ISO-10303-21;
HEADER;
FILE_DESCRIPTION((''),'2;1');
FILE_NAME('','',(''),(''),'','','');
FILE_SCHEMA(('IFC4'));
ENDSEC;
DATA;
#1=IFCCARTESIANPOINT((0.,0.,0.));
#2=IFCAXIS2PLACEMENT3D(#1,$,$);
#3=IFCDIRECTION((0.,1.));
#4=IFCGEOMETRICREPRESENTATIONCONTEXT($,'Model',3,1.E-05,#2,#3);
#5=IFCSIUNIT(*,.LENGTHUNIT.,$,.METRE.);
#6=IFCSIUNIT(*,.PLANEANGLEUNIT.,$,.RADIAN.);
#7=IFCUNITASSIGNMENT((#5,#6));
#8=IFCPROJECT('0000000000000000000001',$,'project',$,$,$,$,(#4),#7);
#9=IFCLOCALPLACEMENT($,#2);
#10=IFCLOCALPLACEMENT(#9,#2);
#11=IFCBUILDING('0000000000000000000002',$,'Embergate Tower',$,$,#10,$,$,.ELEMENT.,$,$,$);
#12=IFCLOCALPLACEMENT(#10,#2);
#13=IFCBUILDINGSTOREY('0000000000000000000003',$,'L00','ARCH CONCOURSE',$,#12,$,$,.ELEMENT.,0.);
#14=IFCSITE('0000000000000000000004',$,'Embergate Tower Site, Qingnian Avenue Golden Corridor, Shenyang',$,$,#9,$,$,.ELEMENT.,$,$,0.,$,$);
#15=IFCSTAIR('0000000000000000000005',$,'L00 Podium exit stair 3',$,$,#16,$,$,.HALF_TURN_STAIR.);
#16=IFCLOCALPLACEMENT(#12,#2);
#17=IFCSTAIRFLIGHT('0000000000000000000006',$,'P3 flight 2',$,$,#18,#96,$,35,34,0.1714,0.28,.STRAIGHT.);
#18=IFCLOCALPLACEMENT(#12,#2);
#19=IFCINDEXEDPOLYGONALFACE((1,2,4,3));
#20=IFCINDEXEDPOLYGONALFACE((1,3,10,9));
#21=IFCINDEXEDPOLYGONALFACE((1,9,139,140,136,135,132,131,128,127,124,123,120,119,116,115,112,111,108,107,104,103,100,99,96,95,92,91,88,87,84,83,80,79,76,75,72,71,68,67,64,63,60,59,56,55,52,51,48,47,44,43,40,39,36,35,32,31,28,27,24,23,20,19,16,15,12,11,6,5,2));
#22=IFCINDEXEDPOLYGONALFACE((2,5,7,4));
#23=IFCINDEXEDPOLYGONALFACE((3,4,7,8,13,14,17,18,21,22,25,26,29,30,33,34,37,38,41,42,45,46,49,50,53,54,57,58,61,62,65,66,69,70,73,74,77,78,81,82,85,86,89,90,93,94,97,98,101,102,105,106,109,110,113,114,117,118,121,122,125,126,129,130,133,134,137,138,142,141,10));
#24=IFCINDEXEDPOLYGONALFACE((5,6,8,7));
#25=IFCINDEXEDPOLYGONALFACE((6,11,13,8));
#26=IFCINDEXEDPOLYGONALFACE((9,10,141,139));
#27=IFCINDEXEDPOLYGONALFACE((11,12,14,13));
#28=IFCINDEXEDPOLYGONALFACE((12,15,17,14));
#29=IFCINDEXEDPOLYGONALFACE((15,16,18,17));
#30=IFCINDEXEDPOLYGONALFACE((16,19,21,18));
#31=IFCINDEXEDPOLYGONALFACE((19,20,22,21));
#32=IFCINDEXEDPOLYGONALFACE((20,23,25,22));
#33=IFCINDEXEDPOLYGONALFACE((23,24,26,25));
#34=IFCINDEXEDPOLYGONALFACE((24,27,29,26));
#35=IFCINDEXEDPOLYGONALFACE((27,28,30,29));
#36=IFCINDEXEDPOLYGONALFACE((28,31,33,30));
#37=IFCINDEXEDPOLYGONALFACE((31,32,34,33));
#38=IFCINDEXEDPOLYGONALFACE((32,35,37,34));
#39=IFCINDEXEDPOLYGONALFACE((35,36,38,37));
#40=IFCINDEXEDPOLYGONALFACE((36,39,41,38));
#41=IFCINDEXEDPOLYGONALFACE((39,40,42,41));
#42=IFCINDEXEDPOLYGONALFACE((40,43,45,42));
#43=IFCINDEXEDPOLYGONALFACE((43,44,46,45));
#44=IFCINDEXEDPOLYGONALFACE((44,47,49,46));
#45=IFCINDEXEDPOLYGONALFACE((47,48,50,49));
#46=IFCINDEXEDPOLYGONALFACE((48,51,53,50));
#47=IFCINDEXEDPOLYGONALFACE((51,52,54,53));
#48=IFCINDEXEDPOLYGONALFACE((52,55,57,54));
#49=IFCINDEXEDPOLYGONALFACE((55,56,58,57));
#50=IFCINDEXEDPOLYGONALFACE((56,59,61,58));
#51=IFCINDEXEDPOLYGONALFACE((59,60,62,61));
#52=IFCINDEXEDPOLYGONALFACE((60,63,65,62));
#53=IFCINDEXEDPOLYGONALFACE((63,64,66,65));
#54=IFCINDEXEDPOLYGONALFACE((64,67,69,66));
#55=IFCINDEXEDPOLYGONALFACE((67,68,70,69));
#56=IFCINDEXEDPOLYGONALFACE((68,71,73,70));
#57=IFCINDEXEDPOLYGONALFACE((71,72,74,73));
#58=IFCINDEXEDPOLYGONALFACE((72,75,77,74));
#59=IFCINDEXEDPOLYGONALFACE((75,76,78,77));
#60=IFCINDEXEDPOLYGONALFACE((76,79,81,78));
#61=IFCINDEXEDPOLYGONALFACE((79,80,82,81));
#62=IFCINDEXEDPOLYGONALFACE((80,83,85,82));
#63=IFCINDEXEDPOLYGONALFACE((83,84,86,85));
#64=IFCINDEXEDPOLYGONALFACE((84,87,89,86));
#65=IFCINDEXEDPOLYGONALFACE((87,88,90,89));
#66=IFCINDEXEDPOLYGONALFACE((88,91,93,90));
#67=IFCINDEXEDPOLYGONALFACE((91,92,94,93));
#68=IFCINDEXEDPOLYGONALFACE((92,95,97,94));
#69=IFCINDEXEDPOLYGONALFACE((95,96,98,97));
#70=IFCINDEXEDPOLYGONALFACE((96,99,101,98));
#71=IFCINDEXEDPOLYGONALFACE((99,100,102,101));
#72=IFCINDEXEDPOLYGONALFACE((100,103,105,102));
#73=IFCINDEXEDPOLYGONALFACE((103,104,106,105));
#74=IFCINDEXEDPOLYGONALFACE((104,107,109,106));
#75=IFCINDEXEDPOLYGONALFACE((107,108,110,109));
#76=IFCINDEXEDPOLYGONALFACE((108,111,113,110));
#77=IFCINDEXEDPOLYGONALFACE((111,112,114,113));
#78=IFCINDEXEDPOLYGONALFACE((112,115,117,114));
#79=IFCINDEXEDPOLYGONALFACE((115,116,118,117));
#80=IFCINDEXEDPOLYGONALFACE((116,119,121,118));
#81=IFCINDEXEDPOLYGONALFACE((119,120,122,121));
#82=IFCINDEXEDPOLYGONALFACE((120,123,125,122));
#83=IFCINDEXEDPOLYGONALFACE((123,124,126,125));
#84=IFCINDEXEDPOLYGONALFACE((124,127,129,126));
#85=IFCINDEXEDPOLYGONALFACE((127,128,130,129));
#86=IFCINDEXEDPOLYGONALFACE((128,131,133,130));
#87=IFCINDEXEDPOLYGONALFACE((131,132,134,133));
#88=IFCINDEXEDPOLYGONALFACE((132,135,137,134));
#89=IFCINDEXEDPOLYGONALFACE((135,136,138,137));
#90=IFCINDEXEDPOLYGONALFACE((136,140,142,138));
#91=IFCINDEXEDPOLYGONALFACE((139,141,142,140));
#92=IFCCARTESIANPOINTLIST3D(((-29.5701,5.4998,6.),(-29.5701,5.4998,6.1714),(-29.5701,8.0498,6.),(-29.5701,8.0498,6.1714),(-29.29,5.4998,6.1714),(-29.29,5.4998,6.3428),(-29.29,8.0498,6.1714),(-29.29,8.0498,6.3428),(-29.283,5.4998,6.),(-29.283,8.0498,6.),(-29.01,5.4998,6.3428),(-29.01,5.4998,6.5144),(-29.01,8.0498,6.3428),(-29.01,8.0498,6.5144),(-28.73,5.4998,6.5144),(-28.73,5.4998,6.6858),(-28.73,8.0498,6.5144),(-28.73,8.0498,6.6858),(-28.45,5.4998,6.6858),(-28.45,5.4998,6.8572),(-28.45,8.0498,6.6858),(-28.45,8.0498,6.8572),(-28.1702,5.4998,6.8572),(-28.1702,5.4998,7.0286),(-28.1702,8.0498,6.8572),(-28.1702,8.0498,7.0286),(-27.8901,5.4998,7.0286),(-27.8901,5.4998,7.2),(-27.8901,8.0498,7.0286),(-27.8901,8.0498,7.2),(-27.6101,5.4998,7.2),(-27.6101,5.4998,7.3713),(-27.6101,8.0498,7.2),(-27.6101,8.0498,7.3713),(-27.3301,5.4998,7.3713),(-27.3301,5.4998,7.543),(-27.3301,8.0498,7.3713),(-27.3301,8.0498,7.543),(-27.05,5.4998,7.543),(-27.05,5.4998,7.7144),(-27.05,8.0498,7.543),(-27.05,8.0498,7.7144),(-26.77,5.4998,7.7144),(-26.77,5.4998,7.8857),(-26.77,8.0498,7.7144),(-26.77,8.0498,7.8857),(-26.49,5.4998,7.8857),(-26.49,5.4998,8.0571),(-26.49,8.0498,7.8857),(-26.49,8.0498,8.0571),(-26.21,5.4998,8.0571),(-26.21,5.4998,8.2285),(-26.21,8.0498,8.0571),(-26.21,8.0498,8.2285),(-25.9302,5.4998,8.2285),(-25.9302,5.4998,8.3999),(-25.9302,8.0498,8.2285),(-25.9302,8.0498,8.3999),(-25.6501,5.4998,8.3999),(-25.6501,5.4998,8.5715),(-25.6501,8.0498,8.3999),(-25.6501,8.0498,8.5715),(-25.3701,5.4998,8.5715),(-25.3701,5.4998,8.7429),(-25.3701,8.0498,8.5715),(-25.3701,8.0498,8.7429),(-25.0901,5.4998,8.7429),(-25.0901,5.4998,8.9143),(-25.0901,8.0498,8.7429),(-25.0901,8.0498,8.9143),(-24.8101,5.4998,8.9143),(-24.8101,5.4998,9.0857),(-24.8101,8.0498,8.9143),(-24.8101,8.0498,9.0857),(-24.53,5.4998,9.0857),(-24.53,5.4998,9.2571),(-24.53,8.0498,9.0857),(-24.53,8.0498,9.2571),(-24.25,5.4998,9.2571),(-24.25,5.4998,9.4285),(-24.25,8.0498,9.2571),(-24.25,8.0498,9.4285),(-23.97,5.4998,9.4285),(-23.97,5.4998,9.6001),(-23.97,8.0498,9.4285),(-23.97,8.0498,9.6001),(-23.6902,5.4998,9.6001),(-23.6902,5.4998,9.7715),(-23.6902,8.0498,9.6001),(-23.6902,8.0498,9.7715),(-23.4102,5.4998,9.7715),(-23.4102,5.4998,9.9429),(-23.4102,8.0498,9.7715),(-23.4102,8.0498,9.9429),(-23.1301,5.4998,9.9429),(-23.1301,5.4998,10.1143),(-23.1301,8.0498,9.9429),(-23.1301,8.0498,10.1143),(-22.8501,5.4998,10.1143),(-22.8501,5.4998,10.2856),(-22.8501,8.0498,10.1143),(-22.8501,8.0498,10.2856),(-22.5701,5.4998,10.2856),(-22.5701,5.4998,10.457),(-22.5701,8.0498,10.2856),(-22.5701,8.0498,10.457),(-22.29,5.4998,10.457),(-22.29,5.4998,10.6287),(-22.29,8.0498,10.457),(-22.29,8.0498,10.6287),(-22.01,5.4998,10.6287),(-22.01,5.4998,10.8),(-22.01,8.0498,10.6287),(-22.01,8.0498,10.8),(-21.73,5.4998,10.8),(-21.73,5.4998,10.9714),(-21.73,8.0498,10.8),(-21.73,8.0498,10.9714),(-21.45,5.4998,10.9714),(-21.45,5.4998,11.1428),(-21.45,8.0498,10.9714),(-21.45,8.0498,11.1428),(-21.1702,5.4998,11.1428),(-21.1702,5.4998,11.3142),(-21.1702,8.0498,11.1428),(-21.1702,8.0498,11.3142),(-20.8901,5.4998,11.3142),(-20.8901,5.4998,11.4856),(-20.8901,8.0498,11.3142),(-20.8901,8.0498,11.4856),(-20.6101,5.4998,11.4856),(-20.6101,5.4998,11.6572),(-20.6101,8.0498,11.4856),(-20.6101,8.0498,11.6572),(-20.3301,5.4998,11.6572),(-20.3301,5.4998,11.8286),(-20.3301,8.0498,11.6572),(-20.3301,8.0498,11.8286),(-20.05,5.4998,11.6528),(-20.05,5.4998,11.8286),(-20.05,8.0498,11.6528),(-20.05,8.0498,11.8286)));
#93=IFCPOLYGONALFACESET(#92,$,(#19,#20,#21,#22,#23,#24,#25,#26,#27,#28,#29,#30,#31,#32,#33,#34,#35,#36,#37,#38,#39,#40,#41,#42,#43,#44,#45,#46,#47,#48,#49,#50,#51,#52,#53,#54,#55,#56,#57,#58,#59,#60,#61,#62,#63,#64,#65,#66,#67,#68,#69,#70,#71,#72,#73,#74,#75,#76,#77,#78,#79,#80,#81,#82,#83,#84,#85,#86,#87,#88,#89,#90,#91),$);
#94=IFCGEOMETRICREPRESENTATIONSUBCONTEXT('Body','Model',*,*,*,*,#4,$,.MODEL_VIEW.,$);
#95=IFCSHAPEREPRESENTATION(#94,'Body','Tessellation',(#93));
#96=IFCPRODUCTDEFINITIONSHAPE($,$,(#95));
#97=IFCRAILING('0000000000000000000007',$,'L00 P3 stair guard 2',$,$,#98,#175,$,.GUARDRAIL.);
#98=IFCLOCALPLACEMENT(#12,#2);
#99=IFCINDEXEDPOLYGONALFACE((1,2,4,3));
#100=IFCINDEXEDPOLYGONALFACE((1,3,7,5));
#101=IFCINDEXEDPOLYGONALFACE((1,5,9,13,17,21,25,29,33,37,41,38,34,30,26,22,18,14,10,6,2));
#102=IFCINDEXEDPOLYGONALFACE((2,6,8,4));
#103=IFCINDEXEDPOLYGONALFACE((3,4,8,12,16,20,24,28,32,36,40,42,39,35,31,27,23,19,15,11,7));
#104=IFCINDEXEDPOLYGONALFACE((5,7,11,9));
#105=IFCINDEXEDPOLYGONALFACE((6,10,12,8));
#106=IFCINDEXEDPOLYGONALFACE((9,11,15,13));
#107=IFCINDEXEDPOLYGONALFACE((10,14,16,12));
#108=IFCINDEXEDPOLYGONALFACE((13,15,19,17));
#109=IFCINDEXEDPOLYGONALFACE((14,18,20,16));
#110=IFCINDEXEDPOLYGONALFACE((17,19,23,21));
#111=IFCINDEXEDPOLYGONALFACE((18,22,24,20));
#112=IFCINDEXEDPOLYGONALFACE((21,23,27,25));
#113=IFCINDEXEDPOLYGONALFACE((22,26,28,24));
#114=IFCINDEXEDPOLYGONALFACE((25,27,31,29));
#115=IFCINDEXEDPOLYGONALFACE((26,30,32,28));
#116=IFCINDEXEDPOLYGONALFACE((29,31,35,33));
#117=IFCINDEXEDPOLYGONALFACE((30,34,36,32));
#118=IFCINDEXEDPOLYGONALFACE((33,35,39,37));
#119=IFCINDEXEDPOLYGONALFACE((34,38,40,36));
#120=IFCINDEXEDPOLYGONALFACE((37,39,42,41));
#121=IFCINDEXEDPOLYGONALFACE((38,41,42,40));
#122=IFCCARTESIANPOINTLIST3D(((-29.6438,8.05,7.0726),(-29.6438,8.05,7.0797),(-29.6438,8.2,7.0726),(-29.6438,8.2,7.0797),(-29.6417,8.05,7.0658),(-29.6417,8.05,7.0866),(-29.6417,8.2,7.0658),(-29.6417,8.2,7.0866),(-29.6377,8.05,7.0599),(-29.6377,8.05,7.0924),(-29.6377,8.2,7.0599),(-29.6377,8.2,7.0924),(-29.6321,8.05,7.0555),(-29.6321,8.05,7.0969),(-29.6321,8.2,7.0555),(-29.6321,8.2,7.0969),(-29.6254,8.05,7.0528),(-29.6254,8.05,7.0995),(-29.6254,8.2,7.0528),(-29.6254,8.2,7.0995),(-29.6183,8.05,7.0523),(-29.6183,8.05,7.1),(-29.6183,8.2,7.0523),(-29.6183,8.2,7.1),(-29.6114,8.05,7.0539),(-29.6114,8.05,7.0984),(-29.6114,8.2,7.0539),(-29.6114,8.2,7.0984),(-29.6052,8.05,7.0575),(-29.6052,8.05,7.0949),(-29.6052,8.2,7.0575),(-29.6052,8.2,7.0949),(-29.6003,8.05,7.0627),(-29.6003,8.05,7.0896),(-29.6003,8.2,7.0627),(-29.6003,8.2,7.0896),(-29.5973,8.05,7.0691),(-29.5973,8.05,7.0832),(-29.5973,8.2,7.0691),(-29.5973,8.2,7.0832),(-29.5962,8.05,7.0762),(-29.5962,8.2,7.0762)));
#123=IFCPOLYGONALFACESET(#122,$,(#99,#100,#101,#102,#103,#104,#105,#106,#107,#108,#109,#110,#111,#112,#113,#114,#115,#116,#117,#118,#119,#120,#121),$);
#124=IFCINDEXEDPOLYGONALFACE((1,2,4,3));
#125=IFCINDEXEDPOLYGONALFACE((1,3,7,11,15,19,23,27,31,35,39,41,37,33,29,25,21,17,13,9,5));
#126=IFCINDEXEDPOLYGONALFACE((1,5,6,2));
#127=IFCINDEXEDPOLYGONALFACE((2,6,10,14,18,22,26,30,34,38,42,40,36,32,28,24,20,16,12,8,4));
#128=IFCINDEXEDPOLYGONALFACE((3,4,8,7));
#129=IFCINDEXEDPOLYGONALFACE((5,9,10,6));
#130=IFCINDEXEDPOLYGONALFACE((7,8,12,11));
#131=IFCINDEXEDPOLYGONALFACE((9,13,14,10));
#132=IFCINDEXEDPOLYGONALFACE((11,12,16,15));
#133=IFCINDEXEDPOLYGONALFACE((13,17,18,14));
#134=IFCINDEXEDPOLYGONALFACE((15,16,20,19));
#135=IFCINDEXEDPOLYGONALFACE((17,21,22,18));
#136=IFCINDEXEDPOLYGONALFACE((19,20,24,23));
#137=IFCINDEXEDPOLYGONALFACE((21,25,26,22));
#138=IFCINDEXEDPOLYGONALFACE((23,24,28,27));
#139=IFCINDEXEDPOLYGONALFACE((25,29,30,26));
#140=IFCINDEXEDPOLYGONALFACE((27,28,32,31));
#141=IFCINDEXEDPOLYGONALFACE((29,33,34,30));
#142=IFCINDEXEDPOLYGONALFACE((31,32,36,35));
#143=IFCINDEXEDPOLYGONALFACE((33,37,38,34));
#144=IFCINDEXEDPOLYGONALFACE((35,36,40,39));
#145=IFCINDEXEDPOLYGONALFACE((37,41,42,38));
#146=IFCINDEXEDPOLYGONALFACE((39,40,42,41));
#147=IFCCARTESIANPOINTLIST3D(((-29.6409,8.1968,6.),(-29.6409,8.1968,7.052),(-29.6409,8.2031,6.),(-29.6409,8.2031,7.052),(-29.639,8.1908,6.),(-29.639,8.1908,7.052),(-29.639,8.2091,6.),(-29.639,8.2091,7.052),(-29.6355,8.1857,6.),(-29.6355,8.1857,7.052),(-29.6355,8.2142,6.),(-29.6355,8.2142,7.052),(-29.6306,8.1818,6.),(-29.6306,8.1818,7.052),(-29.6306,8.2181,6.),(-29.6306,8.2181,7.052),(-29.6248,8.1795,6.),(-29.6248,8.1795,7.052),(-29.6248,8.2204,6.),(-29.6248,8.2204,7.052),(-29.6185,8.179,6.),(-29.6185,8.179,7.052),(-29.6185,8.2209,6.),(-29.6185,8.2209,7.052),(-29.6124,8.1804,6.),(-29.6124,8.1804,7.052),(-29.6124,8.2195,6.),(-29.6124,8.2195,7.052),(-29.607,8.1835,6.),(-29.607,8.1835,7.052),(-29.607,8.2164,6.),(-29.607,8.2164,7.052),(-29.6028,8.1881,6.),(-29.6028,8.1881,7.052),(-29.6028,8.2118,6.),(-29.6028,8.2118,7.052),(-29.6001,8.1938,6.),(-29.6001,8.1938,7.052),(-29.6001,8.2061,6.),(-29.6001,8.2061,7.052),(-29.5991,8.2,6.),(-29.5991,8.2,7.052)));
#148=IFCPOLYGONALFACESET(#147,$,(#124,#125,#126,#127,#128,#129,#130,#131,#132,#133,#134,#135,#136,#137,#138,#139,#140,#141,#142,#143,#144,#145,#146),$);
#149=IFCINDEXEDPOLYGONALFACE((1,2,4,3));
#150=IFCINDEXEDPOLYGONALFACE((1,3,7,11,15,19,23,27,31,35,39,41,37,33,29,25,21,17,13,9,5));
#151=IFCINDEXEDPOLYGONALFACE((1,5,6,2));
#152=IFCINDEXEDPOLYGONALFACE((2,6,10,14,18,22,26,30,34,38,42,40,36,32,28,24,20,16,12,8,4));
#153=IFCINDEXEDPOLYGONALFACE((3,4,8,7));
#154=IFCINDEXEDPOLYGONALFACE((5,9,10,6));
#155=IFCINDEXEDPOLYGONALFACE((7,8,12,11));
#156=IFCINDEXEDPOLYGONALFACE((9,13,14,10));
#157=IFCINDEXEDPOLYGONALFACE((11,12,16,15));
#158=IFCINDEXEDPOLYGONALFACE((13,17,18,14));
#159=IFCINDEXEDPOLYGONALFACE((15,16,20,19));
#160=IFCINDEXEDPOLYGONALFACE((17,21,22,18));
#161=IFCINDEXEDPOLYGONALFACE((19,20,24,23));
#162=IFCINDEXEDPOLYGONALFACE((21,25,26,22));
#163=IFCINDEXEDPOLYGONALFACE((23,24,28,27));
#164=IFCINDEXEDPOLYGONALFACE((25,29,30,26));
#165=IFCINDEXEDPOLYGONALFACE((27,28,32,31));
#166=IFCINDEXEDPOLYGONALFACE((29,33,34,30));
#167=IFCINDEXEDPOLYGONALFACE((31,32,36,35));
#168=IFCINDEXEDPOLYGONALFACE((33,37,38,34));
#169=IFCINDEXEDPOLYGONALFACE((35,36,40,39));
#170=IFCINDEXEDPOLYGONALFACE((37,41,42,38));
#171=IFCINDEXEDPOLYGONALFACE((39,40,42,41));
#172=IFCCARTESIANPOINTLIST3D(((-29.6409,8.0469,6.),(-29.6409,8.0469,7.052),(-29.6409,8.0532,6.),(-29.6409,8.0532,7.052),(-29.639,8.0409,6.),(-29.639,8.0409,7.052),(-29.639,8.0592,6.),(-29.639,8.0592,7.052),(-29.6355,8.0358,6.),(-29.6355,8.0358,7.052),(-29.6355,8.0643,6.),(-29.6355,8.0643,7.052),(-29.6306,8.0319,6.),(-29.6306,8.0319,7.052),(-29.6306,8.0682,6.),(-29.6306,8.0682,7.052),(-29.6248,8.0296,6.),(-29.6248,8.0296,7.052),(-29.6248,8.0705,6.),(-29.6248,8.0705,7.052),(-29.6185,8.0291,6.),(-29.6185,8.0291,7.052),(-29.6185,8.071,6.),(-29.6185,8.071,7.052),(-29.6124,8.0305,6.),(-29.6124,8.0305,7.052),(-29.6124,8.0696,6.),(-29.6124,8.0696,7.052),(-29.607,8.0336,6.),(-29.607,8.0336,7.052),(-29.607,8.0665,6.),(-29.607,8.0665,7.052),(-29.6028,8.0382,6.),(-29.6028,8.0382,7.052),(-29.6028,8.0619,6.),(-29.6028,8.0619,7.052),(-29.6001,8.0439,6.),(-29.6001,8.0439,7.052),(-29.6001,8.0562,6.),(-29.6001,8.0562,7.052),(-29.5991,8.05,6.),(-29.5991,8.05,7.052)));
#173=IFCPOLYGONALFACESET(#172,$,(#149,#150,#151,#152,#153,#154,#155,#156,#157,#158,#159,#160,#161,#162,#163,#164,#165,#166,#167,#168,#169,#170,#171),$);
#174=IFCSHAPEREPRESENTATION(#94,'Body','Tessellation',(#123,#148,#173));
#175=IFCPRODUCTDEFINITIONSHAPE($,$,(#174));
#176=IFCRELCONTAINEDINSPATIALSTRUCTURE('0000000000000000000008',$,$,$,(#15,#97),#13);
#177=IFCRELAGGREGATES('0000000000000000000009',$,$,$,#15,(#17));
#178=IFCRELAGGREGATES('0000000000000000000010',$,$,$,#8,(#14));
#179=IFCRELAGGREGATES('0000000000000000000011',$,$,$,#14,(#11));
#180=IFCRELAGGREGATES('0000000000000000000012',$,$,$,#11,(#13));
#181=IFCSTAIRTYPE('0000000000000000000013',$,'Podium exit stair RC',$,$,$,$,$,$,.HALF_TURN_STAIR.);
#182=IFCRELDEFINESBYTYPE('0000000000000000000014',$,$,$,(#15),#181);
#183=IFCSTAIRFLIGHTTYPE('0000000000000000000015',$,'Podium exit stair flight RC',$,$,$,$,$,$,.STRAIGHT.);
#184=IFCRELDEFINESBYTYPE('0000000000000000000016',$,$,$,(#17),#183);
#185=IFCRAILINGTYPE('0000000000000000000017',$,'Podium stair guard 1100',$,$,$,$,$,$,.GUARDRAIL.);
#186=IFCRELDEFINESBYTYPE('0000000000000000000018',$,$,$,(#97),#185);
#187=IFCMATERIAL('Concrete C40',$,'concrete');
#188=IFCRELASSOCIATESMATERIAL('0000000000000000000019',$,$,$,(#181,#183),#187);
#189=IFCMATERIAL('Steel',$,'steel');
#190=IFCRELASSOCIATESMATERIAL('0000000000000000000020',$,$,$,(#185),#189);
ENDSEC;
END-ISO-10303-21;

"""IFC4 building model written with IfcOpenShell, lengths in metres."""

from ifc_helpers import new_model, si_unit, direction, frame, origin, origin_2d, place, context, subcontext, project, spatial, polyline, circle, outline, extrude, source, transform, mapped, material, type_object, element, aggregate, save


model = new_model("IFC4")

# Units and contexts
model_context = context("Model", 3, precision=1e-05, world=origin(), true_north=direction((0.0, 1.0)))
body_context = subcontext(model_context, "Body", "Model", "MODEL_VIEW")
ifc_project = project(units=[si_unit("LENGTHUNIT", "METRE"), si_unit("PLANEANGLEUNIT", "RADIAN")], contexts=[model_context])

# Site, building, storey
site_placement = place(None, origin())
site = spatial("IfcSite", under=ifc_project, at=site_placement, Name="Embergate Tower Site, Qingnian Avenue Golden Corridor, Shenyang", CompositionType="ELEMENT", RefElevation=0.0)
building_placement = place(site_placement, origin())
building = spatial("IfcBuilding", under=site, at=building_placement, Name="Embergate Tower", CompositionType="ELEMENT")
storey_placement = place(building_placement, origin())
storey = spatial("IfcBuildingStorey", under=building, at=storey_placement, Name="L00", Description="ARCH CONCOURSE", CompositionType="ELEMENT", Elevation=0.0)

# Shared definitions
ifc_material_1 = material(Name="Concrete C40", Category="concrete")

# Stair
stair_type = type_object("IfcStairType", Name="Podium exit stair RC", PredefinedType="HALF_TURN_STAIR", material=ifc_material_1)
stair_placement = place(storey_placement, origin())
stair = element("IfcStair", 1, at=stair_placement, inside=storey, type_object=stair_type, Name="L00 Podium exit stair 3", PredefinedType="HALF_TURN_STAIR")

# Stair flight
stair_flight_type = type_object("IfcStairFlightType", Name="Podium exit stair flight RC", PredefinedType="STRAIGHT", material=ifc_material_1)
shared_shape_1 = source(origin(), body_context, "Body", "SweptSolid", [
    extrude(outline(polyline([(0.0, 0.0), (0.0, 0.1714), (0.28, 0.1714), (0.28, 0.3428), (0.5601, 0.3428), (0.5601, 0.5144), (0.8401, 0.5144), (0.8401, 0.6858), (1.1201, 0.6858), (1.1201, 0.8572), (1.3999, 0.8572), (1.3999, 1.0286), (1.6799, 1.0286), (1.6799, 1.2), (1.96, 1.2), (1.96, 1.3713), (2.24, 1.3713), (2.24, 1.543), (2.52, 1.543), (2.52, 1.7144), (2.8, 1.7144), (2.8, 1.8857), (3.0801, 1.8857), (3.0801, 2.0571), (3.3601, 2.0571), (3.3601, 2.2285), (3.6399, 2.2285), (3.6399, 2.3999), (3.9199, 2.3999), (3.9199, 2.5715), (4.2, 2.5715), (4.2, 2.7429), (4.48, 2.7429), (4.48, 2.9143), (4.76, 2.9143), (4.76, 3.0857), (5.04, 3.0857), (5.04, 3.2571), (5.3201, 3.2571), (5.3201, 3.4285), (5.6001, 3.4285), (5.6001, 3.6001), (5.8799, 3.6001), (5.8799, 3.7715), (6.1599, 3.7715), (6.1599, 3.9429), (6.4399, 3.9429), (6.4399, 4.1143), (6.72, 4.1143), (6.72, 4.2856), (7.0, 4.2856), (7.0, 4.457), (7.28, 4.457), (7.28, 4.6287), (7.5601, 4.6287), (7.5601, 4.8), (7.8401, 4.8), (7.8401, 4.9714), (8.1201, 4.9714), (8.1201, 5.1428), (8.3999, 5.1428), (8.3999, 5.3142), (8.6799, 5.3142), (8.6799, 5.4856), (8.96, 5.4856), (8.96, 5.6572), (9.24, 5.6572), (9.24, 5.8286), (9.52, 5.8286), (9.52, 6.0), (9.52, 5.6528), (0.2871, 0.0), (0.0, 0.0)])), frame((0.0, 1.2749, 0.0), z_axis=(0.0, -1.0, 0.0), x_axis=(1.0, 0.0, 0.0)), (0.0, 0.0, 1.0), 2.55),
])
stair_flight_placement = place(storey_placement, frame((-29.5701, 6.7749, 6.0), z_axis=(0.0, 0.0, 1.0), x_axis=(1.0, 0.0, 0.0)))
stair_flight = element("IfcStairFlight", 2, at=stair_flight_placement, type_object=stair_flight_type, Name="P3 flight 2", NumberOfRisers=35, NumberOfTreads=34, PredefinedType="STRAIGHT", RiserHeight=0.1714, TreadLength=0.28, context=body_context, shape_type="MappedRepresentation", body=[
    mapped(shared_shape_1, transform((0.0, 0.0, 0.0))),
])
aggregate(stair, [stair_flight])

# Railing
ifc_material_2 = material(Name="Steel", Category="steel")
railing_type_1 = type_object("IfcRailingType", Name="Podium stair guard 1100", PredefinedType="GUARDRAIL", material=ifc_material_2)
shared_shape_2 = source(origin(), body_context, "Body", "SweptSolid", [
    extrude(circle(Radius=0.0239, at=origin_2d()), frame((0.0, 0.0, 1.0762), z_axis=(0.0, -1.0, 0.0), x_axis=(1.0, 0.0, 0.0)), (0.0, 0.0, 1.0), 0.1499),
    extrude(circle(Radius=0.021, at=origin_2d()), origin(), (0.0, 0.0, 1.0), 1.052),
    extrude(circle(Radius=0.021, at=origin_2d()), frame((0.0, -0.1499, 0.0)), (0.0, 0.0, 1.0), 1.052),
])
railing_1_placement = place(storey_placement, frame((-29.6201, 8.2, 6.0)))
element("IfcRailing", 3, at=railing_1_placement, inside=storey, type_object=railing_type_1, Name="L00 P3 stair guard 2", PredefinedType="GUARDRAIL", context=body_context, shape_type="MappedRepresentation", body=[
    mapped(shared_shape_2, transform((0.0, 0.0, 0.0))),
])

save(model, "model.ifc")
